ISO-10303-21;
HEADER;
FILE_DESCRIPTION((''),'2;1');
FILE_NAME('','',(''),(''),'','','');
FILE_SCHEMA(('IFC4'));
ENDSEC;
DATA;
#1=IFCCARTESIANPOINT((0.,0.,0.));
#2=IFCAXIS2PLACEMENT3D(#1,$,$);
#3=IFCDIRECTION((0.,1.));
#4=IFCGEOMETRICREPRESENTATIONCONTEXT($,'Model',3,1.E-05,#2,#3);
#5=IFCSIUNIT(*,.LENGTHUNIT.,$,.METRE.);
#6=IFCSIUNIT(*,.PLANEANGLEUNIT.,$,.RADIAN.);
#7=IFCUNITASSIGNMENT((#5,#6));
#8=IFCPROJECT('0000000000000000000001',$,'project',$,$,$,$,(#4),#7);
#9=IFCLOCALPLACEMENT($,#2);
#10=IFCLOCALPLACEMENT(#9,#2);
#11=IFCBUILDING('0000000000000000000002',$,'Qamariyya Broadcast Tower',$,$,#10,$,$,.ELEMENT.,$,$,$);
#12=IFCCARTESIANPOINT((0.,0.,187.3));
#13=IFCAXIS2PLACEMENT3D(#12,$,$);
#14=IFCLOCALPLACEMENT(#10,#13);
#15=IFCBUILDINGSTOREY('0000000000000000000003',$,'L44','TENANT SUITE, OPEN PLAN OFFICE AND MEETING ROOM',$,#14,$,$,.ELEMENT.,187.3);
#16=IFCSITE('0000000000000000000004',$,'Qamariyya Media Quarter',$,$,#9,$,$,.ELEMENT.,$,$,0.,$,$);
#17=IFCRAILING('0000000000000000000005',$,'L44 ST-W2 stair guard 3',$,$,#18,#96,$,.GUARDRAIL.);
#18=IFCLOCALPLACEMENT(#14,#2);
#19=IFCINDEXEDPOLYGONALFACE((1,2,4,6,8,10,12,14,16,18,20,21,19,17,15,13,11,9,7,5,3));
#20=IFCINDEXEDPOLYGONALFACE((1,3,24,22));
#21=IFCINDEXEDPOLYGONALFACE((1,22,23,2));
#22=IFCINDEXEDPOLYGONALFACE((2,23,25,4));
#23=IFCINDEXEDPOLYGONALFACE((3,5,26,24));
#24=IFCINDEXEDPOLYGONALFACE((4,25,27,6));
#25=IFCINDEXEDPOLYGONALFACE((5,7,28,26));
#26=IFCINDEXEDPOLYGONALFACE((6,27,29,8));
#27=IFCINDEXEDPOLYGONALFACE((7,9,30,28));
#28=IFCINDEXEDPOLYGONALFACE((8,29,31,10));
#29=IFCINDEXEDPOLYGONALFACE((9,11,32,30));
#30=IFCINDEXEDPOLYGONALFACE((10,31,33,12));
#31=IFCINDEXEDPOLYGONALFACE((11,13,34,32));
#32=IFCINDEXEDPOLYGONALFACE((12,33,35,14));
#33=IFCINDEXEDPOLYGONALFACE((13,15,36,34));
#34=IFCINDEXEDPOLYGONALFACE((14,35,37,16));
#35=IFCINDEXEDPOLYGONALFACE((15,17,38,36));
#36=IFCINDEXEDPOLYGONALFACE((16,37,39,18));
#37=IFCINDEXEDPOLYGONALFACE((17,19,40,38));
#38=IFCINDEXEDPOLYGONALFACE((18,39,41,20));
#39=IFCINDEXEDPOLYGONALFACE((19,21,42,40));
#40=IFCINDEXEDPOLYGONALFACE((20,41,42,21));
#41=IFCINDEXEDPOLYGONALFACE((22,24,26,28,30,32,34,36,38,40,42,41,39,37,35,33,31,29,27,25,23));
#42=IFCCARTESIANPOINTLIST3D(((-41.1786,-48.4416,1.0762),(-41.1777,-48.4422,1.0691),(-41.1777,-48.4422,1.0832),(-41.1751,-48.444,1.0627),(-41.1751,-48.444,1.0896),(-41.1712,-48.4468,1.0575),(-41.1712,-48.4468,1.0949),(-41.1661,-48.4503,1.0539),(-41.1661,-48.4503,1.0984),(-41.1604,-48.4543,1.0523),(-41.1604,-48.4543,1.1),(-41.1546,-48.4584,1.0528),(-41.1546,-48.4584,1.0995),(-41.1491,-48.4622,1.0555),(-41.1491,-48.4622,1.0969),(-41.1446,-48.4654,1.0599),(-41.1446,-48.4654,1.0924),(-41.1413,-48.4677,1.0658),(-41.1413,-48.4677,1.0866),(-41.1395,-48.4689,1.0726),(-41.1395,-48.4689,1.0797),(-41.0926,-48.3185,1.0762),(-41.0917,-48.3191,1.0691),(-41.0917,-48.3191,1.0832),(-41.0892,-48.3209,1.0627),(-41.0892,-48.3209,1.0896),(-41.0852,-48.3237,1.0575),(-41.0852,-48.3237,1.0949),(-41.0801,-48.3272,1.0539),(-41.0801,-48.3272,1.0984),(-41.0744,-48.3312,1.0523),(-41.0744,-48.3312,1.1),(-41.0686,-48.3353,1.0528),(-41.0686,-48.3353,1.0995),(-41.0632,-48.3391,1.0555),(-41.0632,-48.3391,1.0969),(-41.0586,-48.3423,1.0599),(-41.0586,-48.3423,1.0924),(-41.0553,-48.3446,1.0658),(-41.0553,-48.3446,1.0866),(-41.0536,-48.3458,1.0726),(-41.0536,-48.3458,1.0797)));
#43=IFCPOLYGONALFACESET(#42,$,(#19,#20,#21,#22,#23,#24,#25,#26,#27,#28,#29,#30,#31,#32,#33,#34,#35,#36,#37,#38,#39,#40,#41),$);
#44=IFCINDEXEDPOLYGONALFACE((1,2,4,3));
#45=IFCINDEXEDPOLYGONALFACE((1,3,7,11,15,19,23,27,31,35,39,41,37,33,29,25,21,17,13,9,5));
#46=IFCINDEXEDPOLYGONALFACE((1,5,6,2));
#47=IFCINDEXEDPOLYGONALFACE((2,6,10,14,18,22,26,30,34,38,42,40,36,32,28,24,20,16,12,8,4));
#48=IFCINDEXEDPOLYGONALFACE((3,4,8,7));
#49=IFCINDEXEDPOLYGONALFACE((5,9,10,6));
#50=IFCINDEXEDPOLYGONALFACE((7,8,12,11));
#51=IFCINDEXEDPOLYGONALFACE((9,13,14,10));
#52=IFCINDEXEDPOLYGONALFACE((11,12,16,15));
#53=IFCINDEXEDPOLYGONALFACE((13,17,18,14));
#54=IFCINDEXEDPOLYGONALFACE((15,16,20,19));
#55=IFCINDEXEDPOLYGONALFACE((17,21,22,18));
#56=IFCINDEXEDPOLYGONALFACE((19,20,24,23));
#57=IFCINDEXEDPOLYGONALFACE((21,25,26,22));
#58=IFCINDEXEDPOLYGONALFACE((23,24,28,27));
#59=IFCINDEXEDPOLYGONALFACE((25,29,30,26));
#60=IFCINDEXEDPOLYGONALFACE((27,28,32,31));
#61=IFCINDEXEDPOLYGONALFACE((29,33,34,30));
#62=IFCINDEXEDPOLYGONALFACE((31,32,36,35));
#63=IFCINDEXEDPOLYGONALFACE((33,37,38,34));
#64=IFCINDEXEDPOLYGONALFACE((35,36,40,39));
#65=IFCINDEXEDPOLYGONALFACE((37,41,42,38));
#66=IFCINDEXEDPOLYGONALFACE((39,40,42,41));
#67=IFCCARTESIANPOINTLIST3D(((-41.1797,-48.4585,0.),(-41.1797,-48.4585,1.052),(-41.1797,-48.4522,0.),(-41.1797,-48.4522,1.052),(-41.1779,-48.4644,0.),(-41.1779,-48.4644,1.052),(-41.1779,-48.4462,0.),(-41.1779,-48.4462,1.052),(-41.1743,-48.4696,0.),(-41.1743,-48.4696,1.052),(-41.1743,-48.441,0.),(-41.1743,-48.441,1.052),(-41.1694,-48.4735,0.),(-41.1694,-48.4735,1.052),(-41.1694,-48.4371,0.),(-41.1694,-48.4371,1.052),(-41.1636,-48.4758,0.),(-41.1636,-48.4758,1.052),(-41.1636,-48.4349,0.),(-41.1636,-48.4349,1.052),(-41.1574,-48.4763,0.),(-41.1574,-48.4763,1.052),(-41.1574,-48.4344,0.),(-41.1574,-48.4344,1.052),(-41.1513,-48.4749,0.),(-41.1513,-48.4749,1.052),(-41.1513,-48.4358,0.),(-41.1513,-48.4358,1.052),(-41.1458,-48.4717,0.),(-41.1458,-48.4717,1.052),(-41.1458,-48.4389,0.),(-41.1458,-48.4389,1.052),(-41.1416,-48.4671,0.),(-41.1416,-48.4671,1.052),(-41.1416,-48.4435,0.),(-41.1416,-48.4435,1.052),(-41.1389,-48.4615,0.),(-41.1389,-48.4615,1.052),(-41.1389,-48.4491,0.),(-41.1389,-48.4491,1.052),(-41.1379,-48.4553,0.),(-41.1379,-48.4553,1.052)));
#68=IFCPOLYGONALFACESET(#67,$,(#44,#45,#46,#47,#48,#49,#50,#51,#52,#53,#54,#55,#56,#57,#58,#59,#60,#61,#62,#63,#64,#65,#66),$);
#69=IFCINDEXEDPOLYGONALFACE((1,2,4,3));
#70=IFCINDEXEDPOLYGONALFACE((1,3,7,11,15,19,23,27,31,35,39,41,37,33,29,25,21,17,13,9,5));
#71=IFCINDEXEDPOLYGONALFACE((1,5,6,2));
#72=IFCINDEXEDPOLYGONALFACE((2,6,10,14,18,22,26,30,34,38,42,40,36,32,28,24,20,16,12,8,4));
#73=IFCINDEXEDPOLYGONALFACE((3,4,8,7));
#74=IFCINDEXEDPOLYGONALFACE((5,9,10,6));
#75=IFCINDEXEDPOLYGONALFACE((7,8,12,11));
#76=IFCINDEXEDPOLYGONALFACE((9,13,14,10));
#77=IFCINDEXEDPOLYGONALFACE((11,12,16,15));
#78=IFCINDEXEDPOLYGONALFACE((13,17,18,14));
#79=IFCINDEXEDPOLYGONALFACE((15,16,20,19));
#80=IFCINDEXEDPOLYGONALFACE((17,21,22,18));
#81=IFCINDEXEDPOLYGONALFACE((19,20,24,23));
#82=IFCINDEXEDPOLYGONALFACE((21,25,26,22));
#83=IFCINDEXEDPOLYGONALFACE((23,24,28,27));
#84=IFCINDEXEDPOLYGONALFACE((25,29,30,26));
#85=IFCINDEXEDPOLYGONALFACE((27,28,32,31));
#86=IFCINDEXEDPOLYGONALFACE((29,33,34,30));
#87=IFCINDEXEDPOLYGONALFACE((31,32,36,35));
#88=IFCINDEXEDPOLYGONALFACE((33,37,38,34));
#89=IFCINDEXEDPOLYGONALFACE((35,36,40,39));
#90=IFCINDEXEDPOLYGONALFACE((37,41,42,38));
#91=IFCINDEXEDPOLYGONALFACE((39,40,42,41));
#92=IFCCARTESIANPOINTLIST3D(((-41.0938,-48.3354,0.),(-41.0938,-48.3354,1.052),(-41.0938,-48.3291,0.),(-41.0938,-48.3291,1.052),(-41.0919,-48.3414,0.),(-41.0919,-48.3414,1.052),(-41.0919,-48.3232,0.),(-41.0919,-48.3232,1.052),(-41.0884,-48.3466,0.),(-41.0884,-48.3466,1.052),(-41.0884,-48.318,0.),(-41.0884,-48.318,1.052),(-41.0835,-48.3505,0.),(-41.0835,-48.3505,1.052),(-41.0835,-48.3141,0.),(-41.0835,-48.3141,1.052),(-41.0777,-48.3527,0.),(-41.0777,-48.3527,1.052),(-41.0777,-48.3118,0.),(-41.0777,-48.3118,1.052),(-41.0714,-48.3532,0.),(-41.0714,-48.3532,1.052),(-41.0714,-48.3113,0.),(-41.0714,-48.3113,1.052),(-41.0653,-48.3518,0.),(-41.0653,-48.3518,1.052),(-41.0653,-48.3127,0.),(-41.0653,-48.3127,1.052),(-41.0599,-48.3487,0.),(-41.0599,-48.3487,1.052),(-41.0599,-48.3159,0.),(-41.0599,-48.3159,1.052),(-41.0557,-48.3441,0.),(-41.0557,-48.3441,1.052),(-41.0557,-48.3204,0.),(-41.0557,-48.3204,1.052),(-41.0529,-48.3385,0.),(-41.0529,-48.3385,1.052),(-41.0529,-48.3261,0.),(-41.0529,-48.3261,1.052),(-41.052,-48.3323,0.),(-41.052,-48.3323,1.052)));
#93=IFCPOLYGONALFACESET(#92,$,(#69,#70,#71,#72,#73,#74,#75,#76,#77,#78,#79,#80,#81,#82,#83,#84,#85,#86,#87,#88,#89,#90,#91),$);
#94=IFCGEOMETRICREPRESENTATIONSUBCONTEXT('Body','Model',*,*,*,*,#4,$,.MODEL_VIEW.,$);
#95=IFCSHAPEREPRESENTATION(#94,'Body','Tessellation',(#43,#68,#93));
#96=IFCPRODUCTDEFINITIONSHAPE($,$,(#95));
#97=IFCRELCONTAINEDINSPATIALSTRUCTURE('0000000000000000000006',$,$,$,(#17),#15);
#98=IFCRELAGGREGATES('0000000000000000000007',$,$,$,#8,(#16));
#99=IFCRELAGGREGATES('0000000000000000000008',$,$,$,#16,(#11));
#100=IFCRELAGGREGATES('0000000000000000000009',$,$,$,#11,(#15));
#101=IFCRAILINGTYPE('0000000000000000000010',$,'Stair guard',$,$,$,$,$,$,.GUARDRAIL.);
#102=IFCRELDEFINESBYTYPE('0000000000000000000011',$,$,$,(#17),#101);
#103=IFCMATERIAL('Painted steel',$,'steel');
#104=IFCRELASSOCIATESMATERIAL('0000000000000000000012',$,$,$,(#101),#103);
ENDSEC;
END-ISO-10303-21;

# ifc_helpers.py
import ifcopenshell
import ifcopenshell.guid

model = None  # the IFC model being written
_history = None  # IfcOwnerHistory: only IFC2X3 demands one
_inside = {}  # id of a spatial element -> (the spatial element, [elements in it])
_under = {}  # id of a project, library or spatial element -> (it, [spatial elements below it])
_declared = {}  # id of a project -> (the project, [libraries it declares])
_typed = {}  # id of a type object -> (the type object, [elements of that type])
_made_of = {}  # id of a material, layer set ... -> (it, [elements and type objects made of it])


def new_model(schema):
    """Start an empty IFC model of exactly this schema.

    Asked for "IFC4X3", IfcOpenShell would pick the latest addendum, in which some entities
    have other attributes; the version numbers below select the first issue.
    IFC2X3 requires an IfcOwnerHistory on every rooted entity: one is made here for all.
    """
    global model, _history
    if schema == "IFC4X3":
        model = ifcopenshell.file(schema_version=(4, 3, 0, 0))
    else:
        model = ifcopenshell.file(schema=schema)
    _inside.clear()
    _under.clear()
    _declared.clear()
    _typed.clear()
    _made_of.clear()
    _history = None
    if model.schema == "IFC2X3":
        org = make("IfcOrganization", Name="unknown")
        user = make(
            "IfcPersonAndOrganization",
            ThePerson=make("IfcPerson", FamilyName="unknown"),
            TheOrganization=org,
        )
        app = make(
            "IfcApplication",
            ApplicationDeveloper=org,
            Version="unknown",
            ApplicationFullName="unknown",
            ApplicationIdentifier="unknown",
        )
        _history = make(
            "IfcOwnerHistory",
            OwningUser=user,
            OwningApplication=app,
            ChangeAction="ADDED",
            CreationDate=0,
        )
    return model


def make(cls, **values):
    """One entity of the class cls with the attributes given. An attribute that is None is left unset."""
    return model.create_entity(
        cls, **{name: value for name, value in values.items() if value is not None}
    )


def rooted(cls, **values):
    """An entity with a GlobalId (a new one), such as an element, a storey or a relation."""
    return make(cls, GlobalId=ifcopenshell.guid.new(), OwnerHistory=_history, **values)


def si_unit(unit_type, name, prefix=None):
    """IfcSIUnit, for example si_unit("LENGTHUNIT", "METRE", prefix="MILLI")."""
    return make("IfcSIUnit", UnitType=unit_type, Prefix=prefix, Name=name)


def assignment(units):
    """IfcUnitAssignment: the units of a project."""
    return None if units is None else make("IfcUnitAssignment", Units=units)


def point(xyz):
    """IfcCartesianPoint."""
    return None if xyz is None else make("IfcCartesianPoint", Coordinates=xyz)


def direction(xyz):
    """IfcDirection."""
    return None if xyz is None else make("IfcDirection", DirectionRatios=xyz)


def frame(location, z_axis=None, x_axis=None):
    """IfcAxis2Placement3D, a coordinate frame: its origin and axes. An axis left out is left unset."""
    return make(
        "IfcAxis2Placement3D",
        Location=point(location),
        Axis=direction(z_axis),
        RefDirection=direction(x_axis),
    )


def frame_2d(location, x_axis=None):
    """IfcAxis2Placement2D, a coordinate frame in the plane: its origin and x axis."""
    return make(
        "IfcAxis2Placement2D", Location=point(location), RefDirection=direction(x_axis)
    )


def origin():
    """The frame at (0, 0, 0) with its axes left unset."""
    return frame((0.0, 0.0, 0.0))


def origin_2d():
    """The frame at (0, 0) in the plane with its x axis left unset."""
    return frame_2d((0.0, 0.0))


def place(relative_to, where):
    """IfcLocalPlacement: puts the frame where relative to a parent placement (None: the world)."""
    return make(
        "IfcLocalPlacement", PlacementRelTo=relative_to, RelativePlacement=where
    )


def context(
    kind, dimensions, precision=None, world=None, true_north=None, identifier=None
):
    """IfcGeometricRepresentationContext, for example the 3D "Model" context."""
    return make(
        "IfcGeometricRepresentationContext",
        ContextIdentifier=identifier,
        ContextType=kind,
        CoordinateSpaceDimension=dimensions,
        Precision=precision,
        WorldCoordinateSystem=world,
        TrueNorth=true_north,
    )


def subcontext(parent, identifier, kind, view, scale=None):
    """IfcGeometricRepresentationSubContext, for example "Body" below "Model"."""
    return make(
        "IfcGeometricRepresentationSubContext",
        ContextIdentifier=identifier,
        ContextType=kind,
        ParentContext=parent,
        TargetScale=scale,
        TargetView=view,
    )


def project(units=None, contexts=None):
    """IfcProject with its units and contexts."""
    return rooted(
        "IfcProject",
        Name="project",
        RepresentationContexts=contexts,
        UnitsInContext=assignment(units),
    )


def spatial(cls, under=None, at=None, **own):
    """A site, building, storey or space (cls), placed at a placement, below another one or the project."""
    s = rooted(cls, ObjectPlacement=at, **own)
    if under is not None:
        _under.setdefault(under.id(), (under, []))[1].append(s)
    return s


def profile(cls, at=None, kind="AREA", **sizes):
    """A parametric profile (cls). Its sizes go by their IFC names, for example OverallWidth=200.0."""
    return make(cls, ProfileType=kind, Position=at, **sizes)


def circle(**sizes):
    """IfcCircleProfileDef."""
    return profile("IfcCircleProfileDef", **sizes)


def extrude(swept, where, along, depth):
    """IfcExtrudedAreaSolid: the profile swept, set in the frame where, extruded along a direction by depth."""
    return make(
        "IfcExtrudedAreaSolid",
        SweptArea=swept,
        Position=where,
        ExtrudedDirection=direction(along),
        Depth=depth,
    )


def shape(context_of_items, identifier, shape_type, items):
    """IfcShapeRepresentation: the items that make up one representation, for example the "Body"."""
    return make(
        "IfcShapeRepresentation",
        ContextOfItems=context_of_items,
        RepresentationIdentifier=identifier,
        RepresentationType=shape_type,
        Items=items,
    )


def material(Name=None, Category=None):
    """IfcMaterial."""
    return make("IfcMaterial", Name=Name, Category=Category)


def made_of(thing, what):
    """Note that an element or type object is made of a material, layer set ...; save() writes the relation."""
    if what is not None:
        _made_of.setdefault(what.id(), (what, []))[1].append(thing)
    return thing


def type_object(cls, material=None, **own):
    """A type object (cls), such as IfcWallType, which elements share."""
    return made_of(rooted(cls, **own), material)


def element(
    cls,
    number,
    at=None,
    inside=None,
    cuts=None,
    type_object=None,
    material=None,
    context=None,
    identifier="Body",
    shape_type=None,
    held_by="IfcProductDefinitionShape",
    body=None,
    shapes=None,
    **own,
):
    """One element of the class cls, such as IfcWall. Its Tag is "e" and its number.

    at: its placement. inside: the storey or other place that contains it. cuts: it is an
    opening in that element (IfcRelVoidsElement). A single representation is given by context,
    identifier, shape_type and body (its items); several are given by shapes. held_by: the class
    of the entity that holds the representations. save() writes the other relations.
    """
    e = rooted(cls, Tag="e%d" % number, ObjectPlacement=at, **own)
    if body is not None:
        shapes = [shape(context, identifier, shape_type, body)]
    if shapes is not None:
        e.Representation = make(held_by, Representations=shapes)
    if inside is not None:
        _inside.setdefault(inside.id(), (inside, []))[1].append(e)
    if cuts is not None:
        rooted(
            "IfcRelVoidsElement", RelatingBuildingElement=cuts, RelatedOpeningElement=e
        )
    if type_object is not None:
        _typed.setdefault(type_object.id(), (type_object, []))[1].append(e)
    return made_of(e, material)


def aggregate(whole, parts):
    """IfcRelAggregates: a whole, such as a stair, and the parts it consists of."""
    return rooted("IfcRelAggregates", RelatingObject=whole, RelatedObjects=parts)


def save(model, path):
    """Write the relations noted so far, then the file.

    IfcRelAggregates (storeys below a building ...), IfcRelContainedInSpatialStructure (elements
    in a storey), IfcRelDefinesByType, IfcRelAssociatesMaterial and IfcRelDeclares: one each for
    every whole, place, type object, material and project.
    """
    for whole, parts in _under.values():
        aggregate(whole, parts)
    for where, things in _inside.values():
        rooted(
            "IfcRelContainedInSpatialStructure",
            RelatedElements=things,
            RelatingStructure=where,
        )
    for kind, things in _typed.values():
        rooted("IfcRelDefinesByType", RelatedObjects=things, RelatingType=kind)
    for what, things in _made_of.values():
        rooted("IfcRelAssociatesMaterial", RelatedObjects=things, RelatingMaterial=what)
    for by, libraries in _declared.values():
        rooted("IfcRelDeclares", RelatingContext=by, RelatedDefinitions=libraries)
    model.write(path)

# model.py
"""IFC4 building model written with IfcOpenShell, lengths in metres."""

from ifc_helpers import new_model, si_unit, direction, frame, origin, origin_2d, place, context, subcontext, project, spatial, circle, extrude, material, type_object, element, save


model = new_model("IFC4")

# Units and contexts
model_context = context("Model", 3, precision=1e-05, world=origin(), true_north=direction((0.0, 1.0)))
body_context = subcontext(model_context, "Body", "Model", "MODEL_VIEW")
ifc_project = project(units=[si_unit("LENGTHUNIT", "METRE"), si_unit("PLANEANGLEUNIT", "RADIAN")], contexts=[model_context])

# Site, building, storey
site_placement = place(None, origin())
site = spatial("IfcSite", under=ifc_project, at=site_placement, Name="Qamariyya Media Quarter", CompositionType="ELEMENT", RefElevation=0.0)
building_placement = place(site_placement, origin())
building = spatial("IfcBuilding", under=site, at=building_placement, Name="Qamariyya Broadcast Tower", CompositionType="ELEMENT")
storey_placement = place(building_placement, frame((0.0, 0.0, 187.3)))
storey = spatial("IfcBuildingStorey", under=building, at=storey_placement, Name="L44", Description="TENANT SUITE, OPEN PLAN OFFICE AND MEETING ROOM", CompositionType="ELEMENT", Elevation=187.3)

# Railing
ifc_material_1 = material(Name="Painted steel", Category="steel")
railing_type_1 = type_object("IfcRailingType", Name="Stair guard", PredefinedType="GUARDRAIL", material=ifc_material_1)
railing_1_placement = place(storey_placement, frame((-41.1589, -48.4553, 0.0)))
element("IfcRailing", 1, at=railing_1_placement, inside=storey, type_object=railing_type_1, Name="L44 ST-W2 stair guard 3", PredefinedType="GUARDRAIL", context=body_context, shape_type="SweptSolid", body=[
    extrude(circle(Radius=0.0239, at=origin_2d()), frame((0.0, 0.0, 1.0762), z_axis=(0.572589, 0.819843, 0.0), x_axis=(-0.819843, 0.572589, 0.0)), (0.0, 0.0, 1.0), 0.1501),
    extrude(circle(Radius=0.021, at=origin_2d()), origin(), (0.0, 0.0, 1.0), 1.052),
    extrude(circle(Radius=0.021, at=origin_2d()), frame((0.0859, 0.123, 0.0)), (0.0, 0.0, 1.0), 1.052),
])

save(model, "model.ifc")
